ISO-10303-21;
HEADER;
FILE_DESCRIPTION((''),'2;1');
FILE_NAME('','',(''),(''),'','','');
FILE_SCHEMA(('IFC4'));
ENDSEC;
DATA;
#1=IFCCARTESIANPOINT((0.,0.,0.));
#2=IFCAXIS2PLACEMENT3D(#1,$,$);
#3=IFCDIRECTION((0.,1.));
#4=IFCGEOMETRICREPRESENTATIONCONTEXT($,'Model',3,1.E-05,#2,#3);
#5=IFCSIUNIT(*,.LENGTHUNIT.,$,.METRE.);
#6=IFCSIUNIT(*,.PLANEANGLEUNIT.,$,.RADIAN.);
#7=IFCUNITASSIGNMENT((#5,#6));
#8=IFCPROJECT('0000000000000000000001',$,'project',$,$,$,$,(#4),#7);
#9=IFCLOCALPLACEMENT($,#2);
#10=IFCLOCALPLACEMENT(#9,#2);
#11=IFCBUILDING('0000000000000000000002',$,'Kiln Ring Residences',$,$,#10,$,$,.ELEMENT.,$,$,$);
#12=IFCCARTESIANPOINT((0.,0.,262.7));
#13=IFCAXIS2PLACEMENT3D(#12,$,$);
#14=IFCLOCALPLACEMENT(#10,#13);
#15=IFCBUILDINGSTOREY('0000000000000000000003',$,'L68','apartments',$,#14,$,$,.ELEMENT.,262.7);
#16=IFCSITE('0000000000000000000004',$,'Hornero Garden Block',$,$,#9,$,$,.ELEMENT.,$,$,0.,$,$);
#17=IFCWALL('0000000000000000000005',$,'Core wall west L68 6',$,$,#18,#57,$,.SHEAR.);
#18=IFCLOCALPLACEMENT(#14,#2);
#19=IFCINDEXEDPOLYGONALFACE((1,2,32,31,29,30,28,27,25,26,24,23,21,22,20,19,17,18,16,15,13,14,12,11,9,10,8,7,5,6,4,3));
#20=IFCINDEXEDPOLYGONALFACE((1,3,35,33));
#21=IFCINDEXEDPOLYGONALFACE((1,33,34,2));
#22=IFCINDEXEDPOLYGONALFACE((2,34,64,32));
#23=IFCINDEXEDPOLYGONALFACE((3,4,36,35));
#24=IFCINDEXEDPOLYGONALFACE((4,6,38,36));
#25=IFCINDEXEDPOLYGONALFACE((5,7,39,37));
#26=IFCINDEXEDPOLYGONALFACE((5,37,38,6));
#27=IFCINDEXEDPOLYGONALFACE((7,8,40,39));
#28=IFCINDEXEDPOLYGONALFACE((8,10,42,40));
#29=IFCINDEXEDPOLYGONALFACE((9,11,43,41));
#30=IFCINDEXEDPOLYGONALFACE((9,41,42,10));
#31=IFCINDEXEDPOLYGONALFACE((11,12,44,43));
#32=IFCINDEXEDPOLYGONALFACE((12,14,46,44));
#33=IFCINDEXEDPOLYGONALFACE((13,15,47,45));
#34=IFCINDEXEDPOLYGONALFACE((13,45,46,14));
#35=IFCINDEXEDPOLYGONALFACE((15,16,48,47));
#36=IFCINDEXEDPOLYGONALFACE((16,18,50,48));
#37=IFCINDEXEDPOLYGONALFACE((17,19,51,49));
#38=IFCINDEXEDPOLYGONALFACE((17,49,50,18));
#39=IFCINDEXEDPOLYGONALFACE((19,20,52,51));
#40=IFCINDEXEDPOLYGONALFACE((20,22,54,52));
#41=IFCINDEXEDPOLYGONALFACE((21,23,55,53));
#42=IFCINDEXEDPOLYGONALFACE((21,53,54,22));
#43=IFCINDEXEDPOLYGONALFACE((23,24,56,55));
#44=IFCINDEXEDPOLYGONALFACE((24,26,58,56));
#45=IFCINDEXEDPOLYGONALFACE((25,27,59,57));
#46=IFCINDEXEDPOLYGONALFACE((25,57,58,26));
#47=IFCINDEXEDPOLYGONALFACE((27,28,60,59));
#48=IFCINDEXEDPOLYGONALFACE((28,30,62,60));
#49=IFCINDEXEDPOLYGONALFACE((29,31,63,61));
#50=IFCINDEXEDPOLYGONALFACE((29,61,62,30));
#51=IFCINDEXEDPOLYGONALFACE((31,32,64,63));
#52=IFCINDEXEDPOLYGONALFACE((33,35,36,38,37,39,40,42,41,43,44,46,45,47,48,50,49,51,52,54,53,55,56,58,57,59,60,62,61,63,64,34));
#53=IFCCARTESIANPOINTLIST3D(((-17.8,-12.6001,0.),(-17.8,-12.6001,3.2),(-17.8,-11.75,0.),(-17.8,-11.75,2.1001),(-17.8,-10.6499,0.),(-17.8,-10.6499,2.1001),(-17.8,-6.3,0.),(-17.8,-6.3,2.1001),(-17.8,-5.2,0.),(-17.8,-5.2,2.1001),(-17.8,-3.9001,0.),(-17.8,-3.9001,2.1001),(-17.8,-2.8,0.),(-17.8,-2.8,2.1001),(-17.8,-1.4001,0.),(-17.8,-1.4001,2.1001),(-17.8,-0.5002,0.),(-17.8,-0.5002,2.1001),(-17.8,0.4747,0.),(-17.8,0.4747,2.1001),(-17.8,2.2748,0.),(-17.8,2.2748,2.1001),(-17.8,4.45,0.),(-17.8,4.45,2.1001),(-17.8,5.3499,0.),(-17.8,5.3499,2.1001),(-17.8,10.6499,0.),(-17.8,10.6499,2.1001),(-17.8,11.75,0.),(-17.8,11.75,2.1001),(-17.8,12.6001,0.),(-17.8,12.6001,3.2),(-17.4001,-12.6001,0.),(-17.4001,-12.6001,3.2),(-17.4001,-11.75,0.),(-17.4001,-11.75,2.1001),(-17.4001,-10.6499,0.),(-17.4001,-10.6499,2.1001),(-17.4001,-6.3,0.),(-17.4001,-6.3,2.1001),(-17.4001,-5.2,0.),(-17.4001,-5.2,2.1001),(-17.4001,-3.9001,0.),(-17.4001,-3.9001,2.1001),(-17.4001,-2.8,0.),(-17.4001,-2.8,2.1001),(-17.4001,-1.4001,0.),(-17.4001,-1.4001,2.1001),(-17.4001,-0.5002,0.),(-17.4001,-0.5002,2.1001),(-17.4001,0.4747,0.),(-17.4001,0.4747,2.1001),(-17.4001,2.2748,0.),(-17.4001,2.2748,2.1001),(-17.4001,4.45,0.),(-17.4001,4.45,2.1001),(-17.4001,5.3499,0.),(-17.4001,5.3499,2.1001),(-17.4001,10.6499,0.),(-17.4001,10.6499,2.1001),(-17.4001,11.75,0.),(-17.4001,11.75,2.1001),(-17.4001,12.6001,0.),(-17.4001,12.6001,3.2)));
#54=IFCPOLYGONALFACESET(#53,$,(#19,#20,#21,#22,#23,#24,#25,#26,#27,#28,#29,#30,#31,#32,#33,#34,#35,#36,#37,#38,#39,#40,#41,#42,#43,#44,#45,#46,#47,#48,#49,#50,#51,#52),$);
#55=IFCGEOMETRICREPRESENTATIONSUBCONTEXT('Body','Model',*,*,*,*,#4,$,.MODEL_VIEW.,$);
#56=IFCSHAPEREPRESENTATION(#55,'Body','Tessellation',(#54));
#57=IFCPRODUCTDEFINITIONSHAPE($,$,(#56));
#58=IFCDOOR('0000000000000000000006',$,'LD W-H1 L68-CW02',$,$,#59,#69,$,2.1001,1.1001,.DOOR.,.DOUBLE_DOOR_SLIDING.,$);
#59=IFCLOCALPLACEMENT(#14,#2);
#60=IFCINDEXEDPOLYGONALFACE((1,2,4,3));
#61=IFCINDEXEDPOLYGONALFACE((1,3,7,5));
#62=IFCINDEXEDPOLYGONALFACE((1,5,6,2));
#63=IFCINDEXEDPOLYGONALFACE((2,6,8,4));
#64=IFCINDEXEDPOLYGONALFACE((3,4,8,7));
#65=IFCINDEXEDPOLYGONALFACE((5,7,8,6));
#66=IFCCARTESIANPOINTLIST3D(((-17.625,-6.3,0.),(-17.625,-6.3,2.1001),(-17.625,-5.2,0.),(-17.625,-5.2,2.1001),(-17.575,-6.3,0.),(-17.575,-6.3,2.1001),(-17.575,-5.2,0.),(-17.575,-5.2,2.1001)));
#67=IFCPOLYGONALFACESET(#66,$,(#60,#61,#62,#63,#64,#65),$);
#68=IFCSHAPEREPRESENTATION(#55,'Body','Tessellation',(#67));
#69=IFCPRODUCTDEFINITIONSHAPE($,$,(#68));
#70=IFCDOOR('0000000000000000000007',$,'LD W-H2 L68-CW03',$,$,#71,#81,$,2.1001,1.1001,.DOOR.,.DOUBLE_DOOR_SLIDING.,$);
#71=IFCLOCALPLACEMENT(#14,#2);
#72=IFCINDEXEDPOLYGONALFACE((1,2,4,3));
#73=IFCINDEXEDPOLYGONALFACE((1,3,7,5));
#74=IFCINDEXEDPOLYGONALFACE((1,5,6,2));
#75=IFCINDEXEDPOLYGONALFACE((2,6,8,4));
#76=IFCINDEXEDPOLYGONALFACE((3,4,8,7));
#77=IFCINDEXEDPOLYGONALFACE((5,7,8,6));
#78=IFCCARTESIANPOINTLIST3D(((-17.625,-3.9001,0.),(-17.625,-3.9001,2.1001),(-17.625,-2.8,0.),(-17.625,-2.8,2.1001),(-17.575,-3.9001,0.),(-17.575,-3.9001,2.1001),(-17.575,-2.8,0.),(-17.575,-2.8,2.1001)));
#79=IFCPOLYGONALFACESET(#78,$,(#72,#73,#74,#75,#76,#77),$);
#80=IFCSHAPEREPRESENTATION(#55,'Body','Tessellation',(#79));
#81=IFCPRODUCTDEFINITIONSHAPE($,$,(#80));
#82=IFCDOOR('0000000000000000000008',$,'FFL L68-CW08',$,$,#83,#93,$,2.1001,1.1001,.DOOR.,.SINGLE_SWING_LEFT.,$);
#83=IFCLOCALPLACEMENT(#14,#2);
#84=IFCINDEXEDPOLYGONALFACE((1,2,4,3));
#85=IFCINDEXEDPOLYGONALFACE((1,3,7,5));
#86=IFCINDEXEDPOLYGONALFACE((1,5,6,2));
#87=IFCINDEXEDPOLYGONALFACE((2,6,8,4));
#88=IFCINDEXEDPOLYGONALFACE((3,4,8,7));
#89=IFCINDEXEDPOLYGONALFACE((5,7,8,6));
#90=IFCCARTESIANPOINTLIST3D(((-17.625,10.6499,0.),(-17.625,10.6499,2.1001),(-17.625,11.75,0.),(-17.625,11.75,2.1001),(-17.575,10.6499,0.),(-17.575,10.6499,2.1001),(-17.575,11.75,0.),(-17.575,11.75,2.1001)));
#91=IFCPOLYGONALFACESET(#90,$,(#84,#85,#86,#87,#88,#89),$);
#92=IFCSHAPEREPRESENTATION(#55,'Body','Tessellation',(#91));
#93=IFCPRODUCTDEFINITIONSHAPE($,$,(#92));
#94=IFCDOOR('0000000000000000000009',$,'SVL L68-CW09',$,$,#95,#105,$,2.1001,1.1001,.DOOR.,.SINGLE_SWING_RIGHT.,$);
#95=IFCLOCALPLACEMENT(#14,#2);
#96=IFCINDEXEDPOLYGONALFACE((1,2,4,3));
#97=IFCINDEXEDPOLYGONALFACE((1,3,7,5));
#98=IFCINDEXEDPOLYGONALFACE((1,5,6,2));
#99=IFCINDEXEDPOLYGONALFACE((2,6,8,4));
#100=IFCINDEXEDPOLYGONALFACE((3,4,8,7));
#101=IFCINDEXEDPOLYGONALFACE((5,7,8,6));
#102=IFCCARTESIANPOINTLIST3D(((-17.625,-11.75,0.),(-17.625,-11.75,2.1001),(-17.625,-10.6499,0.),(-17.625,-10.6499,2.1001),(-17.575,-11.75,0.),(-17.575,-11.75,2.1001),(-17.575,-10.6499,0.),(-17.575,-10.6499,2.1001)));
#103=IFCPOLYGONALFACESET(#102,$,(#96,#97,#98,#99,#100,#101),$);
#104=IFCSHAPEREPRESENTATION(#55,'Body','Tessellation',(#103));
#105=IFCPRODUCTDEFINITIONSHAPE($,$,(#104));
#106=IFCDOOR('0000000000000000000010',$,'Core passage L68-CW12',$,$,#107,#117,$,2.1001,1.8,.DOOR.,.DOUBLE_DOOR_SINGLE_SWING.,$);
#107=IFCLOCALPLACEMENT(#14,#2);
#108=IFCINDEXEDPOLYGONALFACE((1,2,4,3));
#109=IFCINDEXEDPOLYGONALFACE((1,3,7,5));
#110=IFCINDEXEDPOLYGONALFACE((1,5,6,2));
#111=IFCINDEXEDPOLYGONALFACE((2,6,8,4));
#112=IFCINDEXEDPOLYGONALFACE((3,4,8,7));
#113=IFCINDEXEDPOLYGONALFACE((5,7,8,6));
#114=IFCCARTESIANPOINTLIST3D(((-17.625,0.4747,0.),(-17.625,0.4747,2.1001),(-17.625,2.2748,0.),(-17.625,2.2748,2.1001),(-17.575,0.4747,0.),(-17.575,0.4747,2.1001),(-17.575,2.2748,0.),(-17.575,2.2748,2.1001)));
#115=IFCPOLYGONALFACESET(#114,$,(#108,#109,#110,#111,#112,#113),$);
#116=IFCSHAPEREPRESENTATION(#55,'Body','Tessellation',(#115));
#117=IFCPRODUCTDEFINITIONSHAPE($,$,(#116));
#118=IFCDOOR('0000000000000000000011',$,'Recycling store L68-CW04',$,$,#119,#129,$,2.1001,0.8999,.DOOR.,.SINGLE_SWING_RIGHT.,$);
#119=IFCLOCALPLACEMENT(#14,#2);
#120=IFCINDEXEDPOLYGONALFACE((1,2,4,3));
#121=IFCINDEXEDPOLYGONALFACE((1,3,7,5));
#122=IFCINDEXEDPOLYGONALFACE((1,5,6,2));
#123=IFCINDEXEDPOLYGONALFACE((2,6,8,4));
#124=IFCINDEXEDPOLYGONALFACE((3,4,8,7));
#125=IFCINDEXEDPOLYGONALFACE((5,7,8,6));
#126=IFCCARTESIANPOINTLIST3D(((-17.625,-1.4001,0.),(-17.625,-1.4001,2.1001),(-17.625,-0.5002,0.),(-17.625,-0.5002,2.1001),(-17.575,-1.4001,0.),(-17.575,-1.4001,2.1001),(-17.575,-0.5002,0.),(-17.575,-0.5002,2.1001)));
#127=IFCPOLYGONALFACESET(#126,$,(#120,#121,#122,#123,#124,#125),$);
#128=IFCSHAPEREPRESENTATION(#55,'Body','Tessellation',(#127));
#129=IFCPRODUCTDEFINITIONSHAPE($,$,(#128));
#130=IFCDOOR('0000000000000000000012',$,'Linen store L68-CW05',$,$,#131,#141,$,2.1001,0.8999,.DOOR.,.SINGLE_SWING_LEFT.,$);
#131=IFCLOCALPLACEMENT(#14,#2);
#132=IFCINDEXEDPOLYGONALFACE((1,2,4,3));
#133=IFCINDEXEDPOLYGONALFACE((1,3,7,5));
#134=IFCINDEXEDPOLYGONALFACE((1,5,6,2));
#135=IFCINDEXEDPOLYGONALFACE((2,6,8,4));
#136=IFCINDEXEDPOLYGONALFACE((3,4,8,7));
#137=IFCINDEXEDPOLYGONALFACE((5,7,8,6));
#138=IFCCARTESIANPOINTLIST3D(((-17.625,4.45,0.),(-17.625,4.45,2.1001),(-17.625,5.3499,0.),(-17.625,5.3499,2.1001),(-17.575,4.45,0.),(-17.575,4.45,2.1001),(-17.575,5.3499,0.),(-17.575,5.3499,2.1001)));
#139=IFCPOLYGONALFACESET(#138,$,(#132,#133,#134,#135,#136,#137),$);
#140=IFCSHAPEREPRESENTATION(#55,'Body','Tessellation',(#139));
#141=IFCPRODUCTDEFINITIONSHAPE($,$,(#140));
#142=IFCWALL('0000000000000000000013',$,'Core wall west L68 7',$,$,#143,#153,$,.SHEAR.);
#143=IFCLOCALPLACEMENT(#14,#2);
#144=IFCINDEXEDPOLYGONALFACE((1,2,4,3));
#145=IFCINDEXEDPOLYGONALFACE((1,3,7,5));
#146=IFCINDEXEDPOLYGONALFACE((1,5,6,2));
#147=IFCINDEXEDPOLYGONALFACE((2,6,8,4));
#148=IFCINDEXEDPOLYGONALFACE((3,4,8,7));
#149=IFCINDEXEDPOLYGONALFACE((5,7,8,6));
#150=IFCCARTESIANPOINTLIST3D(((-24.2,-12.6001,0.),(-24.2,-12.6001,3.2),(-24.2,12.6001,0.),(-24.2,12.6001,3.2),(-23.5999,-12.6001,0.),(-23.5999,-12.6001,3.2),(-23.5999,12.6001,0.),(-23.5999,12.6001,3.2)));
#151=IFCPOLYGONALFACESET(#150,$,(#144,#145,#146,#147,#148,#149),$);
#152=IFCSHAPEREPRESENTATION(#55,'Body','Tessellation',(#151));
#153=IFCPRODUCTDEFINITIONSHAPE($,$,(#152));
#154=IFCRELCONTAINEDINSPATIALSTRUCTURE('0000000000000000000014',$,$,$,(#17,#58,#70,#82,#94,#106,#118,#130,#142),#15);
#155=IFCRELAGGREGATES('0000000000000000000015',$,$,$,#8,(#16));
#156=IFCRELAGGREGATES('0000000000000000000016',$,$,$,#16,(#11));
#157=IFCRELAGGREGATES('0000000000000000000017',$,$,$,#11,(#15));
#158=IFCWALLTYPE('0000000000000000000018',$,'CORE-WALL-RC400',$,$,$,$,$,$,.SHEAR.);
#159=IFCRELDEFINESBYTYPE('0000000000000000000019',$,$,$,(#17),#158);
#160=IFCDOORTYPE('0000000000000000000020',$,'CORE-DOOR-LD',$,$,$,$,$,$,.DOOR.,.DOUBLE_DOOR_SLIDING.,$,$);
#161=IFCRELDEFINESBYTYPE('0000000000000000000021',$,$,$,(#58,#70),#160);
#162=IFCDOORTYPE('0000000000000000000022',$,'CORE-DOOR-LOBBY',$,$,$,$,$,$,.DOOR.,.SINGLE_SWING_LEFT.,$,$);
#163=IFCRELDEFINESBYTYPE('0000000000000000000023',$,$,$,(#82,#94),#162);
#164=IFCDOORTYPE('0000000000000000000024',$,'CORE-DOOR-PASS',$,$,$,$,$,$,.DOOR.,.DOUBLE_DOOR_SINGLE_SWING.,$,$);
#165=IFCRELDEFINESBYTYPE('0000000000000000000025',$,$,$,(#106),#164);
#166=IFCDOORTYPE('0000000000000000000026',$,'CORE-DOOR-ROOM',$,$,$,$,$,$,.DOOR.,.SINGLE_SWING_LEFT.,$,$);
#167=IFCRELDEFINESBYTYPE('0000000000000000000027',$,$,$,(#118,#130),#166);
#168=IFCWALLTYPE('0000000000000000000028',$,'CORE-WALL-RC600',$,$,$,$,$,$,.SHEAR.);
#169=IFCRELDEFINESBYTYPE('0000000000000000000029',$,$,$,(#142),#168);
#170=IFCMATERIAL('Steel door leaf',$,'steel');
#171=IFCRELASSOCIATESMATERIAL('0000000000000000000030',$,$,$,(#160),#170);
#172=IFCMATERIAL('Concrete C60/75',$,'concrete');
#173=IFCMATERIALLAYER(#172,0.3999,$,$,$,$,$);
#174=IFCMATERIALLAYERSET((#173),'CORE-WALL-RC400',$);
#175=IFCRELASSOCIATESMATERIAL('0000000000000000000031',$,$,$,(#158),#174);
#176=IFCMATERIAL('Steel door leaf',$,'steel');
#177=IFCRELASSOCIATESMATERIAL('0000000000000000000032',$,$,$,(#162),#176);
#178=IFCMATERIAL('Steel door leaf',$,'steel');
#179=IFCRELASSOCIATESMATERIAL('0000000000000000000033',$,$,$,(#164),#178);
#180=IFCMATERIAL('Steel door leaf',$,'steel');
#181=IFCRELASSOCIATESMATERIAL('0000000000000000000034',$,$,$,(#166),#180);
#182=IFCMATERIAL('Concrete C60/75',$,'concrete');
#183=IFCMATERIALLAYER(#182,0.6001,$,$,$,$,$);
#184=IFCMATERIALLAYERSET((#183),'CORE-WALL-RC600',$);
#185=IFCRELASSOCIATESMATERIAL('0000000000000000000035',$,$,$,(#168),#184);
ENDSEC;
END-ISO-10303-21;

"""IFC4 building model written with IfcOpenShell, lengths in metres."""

from ifc_helpers import new_model, si_unit, direction, frame, frame_2d, origin, place, context, subcontext, project, spatial, rectangle, extrude, material, layer, layer_set, type_object, element, fill, save


model = new_model("IFC4")

# Units and contexts
model_context = context("Model", 3, precision=1e-05, world=origin(), true_north=direction((0.0, 1.0)))
body_context = subcontext(model_context, "Body", "Model", "MODEL_VIEW")
ifc_project = project(units=[si_unit("LENGTHUNIT", "METRE"), si_unit("PLANEANGLEUNIT", "RADIAN")], contexts=[model_context])

# Site, building, storey
site_placement = place(None, origin())
site = spatial("IfcSite", under=ifc_project, at=site_placement, Name="Hornero Garden Block", CompositionType="ELEMENT", RefElevation=0.0)
building_placement = place(site_placement, origin())
building = spatial("IfcBuilding", under=site, at=building_placement, Name="Kiln Ring Residences", CompositionType="ELEMENT")
storey_placement = place(building_placement, frame((0.0, 0.0, 262.7)))
storey = spatial("IfcBuildingStorey", under=building, at=storey_placement, Name="L68", Description="apartments", CompositionType="ELEMENT", Elevation=262.7)

# Shared definitions
ifc_material_1 = material(Name="Steel door leaf", Category="steel")
door_type_1 = type_object("IfcDoorType", Name="CORE-DOOR-LD", OperationType="DOUBLE_DOOR_SLIDING", PredefinedType="DOOR", material=ifc_material_1)

# Wall, openings, doors
ifc_material_2 = material(Name="Concrete C60/75", Category="concrete")
ifc_layer_1 = layer(ifc_material_2, 0.3999)
ifc_layer_set_1 = layer_set([ifc_layer_1], Name="CORE-WALL-RC400")
wall_type_1 = type_object("IfcWallType", Name="CORE-WALL-RC400", PredefinedType="SHEAR", material=ifc_layer_set_1)
wall_1_placement = place(storey_placement, frame((-17.6001, -12.6001, 0.0), z_axis=(0.0, 0.0, 1.0), x_axis=(0.0, 1.0, 0.0)))
wall_1 = element("IfcWall", 1, at=wall_1_placement, inside=storey, type_object=wall_type_1, Name="Core wall west L68 6", PredefinedType="SHEAR", context=body_context, shape_type="SweptSolid", body=[
    extrude(rectangle(XDim=25.2002, YDim=0.3999, at=frame_2d((12.6001, 0.0))), origin(), (0.0, 0.0, 1.0), 3.2),
])
opening_1_placement = place(wall_1_placement, frame((6.3, 0.0, 0.0)))
opening_1 = element("IfcOpeningElement", 2, at=opening_1_placement, cuts=wall_1, PredefinedType="OPENING", context=body_context, shape_type="SweptSolid", body=[
    extrude(rectangle(XDim=1.1001, YDim=2.1001, at=frame_2d((0.55, 1.05))), frame((0.0, 0.21, 0.0), z_axis=(0.0, -1.0, 0.0), x_axis=(1.0, 0.0, 0.0)), (0.0, 0.0, 1.0), 0.4199),
])
opening_2_placement = place(wall_1_placement, frame((8.7, 0.0, 0.0)))
opening_2 = element("IfcOpeningElement", 3, at=opening_2_placement, cuts=wall_1, PredefinedType="OPENING", context=body_context, shape_type="SweptSolid", body=[
    extrude(rectangle(XDim=1.1001, YDim=2.1001, at=frame_2d((0.55, 1.05))), frame((0.0, 0.21, 0.0), z_axis=(0.0, -1.0, 0.0), x_axis=(1.0, 0.0, 0.0)), (0.0, 0.0, 1.0), 0.4199),
])
opening_3_placement = place(wall_1_placement, frame((11.2, 0.0, 0.0)))
opening_3 = element("IfcOpeningElement", 4, at=opening_3_placement, cuts=wall_1, PredefinedType="OPENING", context=body_context, shape_type="SweptSolid", body=[
    extrude(rectangle(XDim=0.8999, YDim=2.1001, at=frame_2d((0.45, 1.05))), frame((0.0, 0.21, 0.0), z_axis=(0.0, -1.0, 0.0), x_axis=(1.0, 0.0, 0.0)), (0.0, 0.0, 1.0), 0.4199),
])
opening_4_placement = place(wall_1_placement, frame((17.05, 0.0, 0.0)))
opening_4 = element("IfcOpeningElement", 5, at=opening_4_placement, cuts=wall_1, PredefinedType="OPENING", context=body_context, shape_type="SweptSolid", body=[
    extrude(rectangle(XDim=0.8999, YDim=2.1001, at=frame_2d((0.45, 1.05))), frame((0.0, 0.21, 0.0), z_axis=(0.0, -1.0, 0.0), x_axis=(1.0, 0.0, 0.0)), (0.0, 0.0, 1.0), 0.4199),
])
opening_5_placement = place(wall_1_placement, frame((23.25, 0.0, 0.0)))
opening_5 = element("IfcOpeningElement", 6, at=opening_5_placement, cuts=wall_1, PredefinedType="OPENING", context=body_context, shape_type="SweptSolid", body=[
    extrude(rectangle(XDim=1.1001, YDim=2.1001, at=frame_2d((0.55, 1.05))), frame((0.0, 0.21, 0.0), z_axis=(0.0, -1.0, 0.0), x_axis=(1.0, 0.0, 0.0)), (0.0, 0.0, 1.0), 0.4199),
])
opening_6_placement = place(wall_1_placement, frame((0.8501, 0.0, 0.0)))
opening_6 = element("IfcOpeningElement", 7, at=opening_6_placement, cuts=wall_1, PredefinedType="OPENING", context=body_context, shape_type="SweptSolid", body=[
    extrude(rectangle(XDim=1.1001, YDim=2.1001, at=frame_2d((0.55, 1.05))), frame((0.0, 0.21, 0.0), z_axis=(0.0, -1.0, 0.0), x_axis=(1.0, 0.0, 0.0)), (0.0, 0.0, 1.0), 0.4199),
])
opening_7_placement = place(wall_1_placement, frame((13.075, 0.0, 0.0)))
opening_7 = element("IfcOpeningElement", 8, at=opening_7_placement, cuts=wall_1, PredefinedType="OPENING", context=body_context, shape_type="SweptSolid", body=[
    extrude(rectangle(XDim=1.8, YDim=2.1001, at=frame_2d((0.8999, 1.05))), frame((0.0, 0.21, 0.0), z_axis=(0.0, -1.0, 0.0), x_axis=(1.0, 0.0, 0.0)), (0.0, 0.0, 1.0), 0.4199),
])
door_1_placement = place(opening_1_placement, origin())
door_1 = element("IfcDoor", 9, at=door_1_placement, inside=storey, type_object=door_type_1, Name="LD W-H1 L68-CW02", OperationType="DOUBLE_DOOR_SLIDING", OverallHeight=2.1001, OverallWidth=1.1001, PredefinedType="DOOR", context=body_context, shape_type="SweptSolid", body=[
    extrude(rectangle(XDim=1.1001, YDim=2.1001, at=frame_2d((0.55, 1.05))), frame((0.0, 0.0249, 0.0), z_axis=(0.0, -1.0, 0.0), x_axis=(1.0, 0.0, 0.0)), (0.0, 0.0, 1.0), 0.05),
])
fill(opening_1, door_1)
door_2_placement = place(opening_2_placement, origin())
door_2 = element("IfcDoor", 10, at=door_2_placement, inside=storey, type_object=door_type_1, Name="LD W-H2 L68-CW03", OperationType="DOUBLE_DOOR_SLIDING", OverallHeight=2.1001, OverallWidth=1.1001, PredefinedType="DOOR", context=body_context, shape_type="SweptSolid", body=[
    extrude(rectangle(XDim=1.1001, YDim=2.1001, at=frame_2d((0.55, 1.05))), frame((0.0, 0.0249, 0.0), z_axis=(0.0, -1.0, 0.0), x_axis=(1.0, 0.0, 0.0)), (0.0, 0.0, 1.0), 0.05),
])
fill(opening_2, door_2)
ifc_material_3 = material(Name="Steel door leaf", Category="steel")
door_type_2 = type_object("IfcDoorType", Name="CORE-DOOR-LOBBY", OperationType="SINGLE_SWING_LEFT", PredefinedType="DOOR", material=ifc_material_3)
door_3_placement = place(opening_5_placement, origin())
door_3 = element("IfcDoor", 11, at=door_3_placement, inside=storey, type_object=door_type_2, Name="FFL L68-CW08", OperationType="SINGLE_SWING_LEFT", OverallHeight=2.1001, OverallWidth=1.1001, PredefinedType="DOOR", context=body_context, shape_type="SweptSolid", body=[
    extrude(rectangle(XDim=1.1001, YDim=2.1001, at=frame_2d((0.55, 1.05))), frame((0.0, 0.0249, 0.0), z_axis=(0.0, -1.0, 0.0), x_axis=(1.0, 0.0, 0.0)), (0.0, 0.0, 1.0), 0.05),
])
fill(opening_5, door_3)
door_4_placement = place(opening_6_placement, origin())
door_4 = element("IfcDoor", 12, at=door_4_placement, inside=storey, type_object=door_type_2, Name="SVL L68-CW09", OperationType="SINGLE_SWING_RIGHT", OverallHeight=2.1001, OverallWidth=1.1001, PredefinedType="DOOR", context=body_context, shape_type="SweptSolid", body=[
    extrude(rectangle(XDim=1.1001, YDim=2.1001, at=frame_2d((0.55, 1.05))), frame((0.0, 0.0249, 0.0), z_axis=(0.0, -1.0, 0.0), x_axis=(1.0, 0.0, 0.0)), (0.0, 0.0, 1.0), 0.05),
])
fill(opening_6, door_4)
ifc_material_4 = material(Name="Steel door leaf", Category="steel")
door_type_3 = type_object("IfcDoorType", Name="CORE-DOOR-PASS", OperationType="DOUBLE_DOOR_SINGLE_SWING", PredefinedType="DOOR", material=ifc_material_4)
door_5_placement = place(opening_7_placement, origin())
door_5 = element("IfcDoor", 13, at=door_5_placement, inside=storey, type_object=door_type_3, Name="Core passage L68-CW12", OperationType="DOUBLE_DOOR_SINGLE_SWING", OverallHeight=2.1001, OverallWidth=1.8, PredefinedType="DOOR", context=body_context, shape_type="SweptSolid", body=[
    extrude(rectangle(XDim=1.8, YDim=2.1001, at=frame_2d((0.8999, 1.05))), frame((0.0, 0.0249, 0.0), z_axis=(0.0, -1.0, 0.0), x_axis=(1.0, 0.0, 0.0)), (0.0, 0.0, 1.0), 0.05),
])
fill(opening_7, door_5)
ifc_material_5 = material(Name="Steel door leaf", Category="steel")
door_type_4 = type_object("IfcDoorType", Name="CORE-DOOR-ROOM", OperationType="SINGLE_SWING_LEFT", PredefinedType="DOOR", material=ifc_material_5)
door_6_placement = place(opening_3_placement, origin())
door_6 = element("IfcDoor", 14, at=door_6_placement, inside=storey, type_object=door_type_4, Name="Recycling store L68-CW04", OperationType="SINGLE_SWING_RIGHT", OverallHeight=2.1001, OverallWidth=0.8999, PredefinedType="DOOR", context=body_context, shape_type="SweptSolid", body=[
    extrude(rectangle(XDim=0.8999, YDim=2.1001, at=frame_2d((0.45, 1.05))), frame((0.0, 0.0249, 0.0), z_axis=(0.0, -1.0, 0.0), x_axis=(1.0, 0.0, 0.0)), (0.0, 0.0, 1.0), 0.05),
])
fill(opening_3, door_6)
door_7_placement = place(opening_4_placement, origin())
door_7 = element("IfcDoor", 15, at=door_7_placement, inside=storey, type_object=door_type_4, Name="Linen store L68-CW05", OperationType="SINGLE_SWING_LEFT", OverallHeight=2.1001, OverallWidth=0.8999, PredefinedType="DOOR", context=body_context, shape_type="SweptSolid", body=[
    extrude(rectangle(XDim=0.8999, YDim=2.1001, at=frame_2d((0.45, 1.05))), frame((0.0, 0.0249, 0.0), z_axis=(0.0, -1.0, 0.0), x_axis=(1.0, 0.0, 0.0)), (0.0, 0.0, 1.0), 0.05),
])
fill(opening_4, door_7)

# Wall
ifc_material_6 = material(Name="Concrete C60/75", Category="concrete")
ifc_layer_2 = layer(ifc_material_6, 0.6001)
ifc_layer_set_2 = layer_set([ifc_layer_2], Name="CORE-WALL-RC600")
wall_type_2 = type_object("IfcWallType", Name="CORE-WALL-RC600", PredefinedType="SHEAR", material=ifc_layer_set_2)
wall_2_placement = place(storey_placement, frame((-23.8999, -12.6001, 0.0), z_axis=(0.0, 0.0, 1.0), x_axis=(0.0, 1.0, 0.0)))
element("IfcWall", 16, at=wall_2_placement, inside=storey, type_object=wall_type_2, Name="Core wall west L68 7", PredefinedType="SHEAR", context=body_context, shape_type="SweptSolid", body=[
    extrude(rectangle(XDim=25.2002, YDim=0.6001, at=frame_2d((12.6001, 0.0))), origin(), (0.0, 0.0, 1.0), 3.2),
])

save(model, "model.ifc")
